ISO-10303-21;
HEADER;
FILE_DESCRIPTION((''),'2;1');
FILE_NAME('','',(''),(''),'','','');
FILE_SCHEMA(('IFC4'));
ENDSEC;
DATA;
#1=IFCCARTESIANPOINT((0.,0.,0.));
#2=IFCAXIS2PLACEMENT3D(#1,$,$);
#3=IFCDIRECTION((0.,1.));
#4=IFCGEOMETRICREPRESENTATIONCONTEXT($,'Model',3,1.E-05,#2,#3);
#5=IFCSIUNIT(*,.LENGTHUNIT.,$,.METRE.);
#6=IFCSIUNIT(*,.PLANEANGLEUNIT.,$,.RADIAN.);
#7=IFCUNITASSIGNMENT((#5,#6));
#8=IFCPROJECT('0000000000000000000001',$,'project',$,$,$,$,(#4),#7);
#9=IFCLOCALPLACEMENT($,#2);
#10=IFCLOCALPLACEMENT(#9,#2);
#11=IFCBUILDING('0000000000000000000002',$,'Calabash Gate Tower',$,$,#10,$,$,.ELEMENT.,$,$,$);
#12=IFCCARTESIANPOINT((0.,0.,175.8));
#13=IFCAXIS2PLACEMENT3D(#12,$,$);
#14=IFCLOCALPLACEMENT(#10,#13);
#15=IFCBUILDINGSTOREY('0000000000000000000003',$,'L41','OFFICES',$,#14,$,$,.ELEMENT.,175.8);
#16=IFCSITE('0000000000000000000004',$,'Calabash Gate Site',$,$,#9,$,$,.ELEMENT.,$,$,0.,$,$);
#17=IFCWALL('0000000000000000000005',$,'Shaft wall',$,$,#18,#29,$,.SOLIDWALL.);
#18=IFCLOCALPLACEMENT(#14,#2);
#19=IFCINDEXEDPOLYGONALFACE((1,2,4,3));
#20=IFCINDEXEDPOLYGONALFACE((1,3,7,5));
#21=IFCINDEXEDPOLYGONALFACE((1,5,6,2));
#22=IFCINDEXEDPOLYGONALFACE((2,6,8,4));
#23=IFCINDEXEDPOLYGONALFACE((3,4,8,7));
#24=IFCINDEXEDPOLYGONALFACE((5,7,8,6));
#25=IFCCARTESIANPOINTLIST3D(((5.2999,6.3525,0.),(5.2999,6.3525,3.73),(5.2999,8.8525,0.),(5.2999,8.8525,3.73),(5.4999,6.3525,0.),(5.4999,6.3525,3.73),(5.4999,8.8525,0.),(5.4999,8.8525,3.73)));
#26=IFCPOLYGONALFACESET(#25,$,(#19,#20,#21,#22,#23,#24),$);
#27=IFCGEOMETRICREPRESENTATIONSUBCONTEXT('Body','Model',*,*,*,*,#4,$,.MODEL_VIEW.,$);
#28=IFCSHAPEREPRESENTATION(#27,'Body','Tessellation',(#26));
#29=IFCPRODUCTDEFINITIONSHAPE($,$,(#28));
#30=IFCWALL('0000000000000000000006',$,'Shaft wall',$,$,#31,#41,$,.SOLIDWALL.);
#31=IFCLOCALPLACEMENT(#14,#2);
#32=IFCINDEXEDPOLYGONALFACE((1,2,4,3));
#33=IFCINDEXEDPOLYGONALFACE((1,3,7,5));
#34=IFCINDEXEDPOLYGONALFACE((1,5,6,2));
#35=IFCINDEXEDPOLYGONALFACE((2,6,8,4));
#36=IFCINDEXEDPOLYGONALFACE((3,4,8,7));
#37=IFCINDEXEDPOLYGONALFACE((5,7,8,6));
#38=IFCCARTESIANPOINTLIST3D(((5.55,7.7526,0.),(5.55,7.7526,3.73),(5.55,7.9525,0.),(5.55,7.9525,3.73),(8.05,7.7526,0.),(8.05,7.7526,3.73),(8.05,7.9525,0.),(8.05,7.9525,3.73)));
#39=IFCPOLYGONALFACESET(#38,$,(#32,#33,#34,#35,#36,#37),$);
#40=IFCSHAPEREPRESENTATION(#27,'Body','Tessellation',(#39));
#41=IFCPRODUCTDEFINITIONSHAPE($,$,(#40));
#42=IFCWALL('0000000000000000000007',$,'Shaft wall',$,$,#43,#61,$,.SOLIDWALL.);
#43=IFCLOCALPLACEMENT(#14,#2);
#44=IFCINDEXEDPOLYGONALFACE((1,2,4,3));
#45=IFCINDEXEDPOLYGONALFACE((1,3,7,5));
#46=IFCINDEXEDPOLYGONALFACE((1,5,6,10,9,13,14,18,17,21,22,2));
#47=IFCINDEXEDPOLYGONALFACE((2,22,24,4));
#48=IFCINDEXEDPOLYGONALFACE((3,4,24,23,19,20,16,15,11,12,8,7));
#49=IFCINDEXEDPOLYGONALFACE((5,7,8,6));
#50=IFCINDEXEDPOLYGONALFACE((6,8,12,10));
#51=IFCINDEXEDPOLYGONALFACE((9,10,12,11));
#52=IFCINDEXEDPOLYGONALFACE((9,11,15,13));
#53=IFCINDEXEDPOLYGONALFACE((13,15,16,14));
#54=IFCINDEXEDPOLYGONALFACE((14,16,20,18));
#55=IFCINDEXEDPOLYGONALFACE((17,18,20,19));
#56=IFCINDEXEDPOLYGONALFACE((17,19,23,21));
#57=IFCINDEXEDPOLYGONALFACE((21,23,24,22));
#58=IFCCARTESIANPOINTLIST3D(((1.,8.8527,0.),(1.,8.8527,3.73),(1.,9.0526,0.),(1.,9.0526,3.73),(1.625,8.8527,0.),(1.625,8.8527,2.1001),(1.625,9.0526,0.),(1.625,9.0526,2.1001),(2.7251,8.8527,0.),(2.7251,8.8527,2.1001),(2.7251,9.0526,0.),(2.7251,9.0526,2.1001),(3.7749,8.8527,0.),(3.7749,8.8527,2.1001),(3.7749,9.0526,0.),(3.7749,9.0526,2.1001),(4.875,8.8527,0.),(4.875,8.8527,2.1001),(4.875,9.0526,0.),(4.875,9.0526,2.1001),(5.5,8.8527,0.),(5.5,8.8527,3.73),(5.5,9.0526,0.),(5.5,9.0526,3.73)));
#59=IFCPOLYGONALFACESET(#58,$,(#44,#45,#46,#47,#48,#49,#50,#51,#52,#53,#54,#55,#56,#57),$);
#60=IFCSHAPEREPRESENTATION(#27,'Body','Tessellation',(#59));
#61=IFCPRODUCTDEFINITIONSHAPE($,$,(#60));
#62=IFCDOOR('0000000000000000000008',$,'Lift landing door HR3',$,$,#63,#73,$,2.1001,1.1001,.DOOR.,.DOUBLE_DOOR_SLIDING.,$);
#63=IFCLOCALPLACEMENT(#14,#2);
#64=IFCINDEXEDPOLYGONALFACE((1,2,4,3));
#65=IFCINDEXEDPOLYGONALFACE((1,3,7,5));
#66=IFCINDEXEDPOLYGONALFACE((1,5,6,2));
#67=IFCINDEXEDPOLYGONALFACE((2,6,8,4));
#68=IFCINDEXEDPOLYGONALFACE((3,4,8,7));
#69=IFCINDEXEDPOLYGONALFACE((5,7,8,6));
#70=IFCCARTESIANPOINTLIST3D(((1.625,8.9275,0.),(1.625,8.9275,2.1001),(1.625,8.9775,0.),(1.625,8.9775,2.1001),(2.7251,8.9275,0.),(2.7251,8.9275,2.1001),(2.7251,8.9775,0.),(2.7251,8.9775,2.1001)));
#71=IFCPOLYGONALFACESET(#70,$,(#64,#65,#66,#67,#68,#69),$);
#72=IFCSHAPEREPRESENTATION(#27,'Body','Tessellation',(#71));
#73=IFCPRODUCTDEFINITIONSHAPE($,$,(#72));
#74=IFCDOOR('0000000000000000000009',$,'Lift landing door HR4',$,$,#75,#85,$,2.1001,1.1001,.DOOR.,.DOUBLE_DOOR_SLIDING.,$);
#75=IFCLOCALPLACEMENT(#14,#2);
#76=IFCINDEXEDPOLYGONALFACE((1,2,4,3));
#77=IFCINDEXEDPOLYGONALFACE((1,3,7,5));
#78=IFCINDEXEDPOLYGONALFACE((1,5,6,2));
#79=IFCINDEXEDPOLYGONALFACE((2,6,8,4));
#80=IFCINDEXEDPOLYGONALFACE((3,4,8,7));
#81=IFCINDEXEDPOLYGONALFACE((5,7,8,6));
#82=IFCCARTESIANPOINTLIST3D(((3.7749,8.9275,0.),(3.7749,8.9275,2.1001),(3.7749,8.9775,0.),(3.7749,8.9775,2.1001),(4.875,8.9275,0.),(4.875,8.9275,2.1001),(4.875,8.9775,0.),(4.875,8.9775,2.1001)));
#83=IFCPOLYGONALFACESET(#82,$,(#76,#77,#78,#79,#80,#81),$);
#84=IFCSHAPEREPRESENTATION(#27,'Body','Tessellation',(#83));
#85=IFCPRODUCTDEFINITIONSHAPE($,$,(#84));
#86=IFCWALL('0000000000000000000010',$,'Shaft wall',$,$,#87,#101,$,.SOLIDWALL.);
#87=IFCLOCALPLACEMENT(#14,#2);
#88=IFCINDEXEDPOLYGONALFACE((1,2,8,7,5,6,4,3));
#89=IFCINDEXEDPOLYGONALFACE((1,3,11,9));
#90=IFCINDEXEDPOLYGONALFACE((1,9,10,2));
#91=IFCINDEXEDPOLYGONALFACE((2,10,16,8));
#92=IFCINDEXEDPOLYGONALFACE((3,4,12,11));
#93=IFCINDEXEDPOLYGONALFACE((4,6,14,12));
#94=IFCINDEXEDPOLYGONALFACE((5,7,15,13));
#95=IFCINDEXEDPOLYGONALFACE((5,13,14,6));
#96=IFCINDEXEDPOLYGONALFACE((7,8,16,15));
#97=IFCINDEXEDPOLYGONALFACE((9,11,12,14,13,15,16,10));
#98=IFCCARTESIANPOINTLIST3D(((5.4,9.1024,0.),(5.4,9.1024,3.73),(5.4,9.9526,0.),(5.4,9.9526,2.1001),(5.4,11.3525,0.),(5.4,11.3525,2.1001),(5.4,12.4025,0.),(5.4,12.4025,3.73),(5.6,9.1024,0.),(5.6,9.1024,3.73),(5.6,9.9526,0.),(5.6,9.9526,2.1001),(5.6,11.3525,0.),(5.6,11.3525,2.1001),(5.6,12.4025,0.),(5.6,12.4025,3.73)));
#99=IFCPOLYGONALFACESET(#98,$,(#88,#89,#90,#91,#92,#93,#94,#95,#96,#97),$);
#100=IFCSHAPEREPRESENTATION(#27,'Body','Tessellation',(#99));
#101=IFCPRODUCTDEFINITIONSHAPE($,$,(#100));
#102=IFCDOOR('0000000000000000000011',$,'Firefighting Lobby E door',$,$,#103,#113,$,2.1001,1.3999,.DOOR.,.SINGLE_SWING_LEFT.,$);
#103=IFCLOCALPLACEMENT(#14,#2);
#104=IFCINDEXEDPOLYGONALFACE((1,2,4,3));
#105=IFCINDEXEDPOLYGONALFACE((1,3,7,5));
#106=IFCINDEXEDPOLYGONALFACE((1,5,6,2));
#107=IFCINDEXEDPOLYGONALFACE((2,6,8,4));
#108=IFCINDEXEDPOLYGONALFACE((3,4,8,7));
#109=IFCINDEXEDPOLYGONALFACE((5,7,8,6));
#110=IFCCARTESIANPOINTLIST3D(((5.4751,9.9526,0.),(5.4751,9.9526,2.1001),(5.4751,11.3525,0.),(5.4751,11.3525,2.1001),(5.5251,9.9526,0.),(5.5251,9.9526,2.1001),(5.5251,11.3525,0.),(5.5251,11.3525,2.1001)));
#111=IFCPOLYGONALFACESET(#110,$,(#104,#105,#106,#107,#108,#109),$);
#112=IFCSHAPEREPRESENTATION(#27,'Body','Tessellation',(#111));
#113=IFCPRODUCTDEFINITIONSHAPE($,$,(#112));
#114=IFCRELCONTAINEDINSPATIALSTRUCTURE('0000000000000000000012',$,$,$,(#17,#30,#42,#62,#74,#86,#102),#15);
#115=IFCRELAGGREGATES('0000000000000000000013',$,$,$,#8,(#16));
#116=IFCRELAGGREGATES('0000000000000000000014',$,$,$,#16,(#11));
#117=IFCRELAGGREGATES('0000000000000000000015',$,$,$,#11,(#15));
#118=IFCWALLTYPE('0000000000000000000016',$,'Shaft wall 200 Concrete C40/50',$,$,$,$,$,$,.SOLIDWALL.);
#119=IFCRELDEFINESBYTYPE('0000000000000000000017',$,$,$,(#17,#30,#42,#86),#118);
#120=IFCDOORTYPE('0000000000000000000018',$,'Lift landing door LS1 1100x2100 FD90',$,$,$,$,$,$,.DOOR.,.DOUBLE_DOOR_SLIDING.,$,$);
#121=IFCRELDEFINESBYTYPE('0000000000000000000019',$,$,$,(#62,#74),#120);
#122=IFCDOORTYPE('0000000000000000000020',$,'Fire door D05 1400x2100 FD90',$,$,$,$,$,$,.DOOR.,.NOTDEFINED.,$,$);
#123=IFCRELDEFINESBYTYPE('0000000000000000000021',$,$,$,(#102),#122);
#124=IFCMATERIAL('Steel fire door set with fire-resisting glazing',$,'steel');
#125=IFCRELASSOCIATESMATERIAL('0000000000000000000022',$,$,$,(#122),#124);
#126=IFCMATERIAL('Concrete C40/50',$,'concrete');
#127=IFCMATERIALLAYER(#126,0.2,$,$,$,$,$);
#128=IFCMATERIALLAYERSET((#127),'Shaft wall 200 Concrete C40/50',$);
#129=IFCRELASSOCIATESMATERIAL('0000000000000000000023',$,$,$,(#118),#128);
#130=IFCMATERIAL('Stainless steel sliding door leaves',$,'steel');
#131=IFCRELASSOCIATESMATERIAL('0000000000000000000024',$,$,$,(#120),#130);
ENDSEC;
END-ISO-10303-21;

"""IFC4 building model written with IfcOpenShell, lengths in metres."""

from ifc_helpers import new_model, si_unit, direction, frame, frame_2d, origin, place, context, subcontext, project, spatial, rectangle, extrude, material, layer, layer_set, type_object, element, fill, save


model = new_model("IFC4")

# Units and contexts
model_context = context("Model", 3, precision=1e-05, world=origin(), true_north=direction((0.0, 1.0)))
body_context = subcontext(model_context, "Body", "Model", "MODEL_VIEW")
ifc_project = project(units=[si_unit("LENGTHUNIT", "METRE"), si_unit("PLANEANGLEUNIT", "RADIAN")], contexts=[model_context])

# Site, building, storey
site_placement = place(None, origin())
site = spatial("IfcSite", under=ifc_project, at=site_placement, Name="Calabash Gate Site", CompositionType="ELEMENT", RefElevation=0.0)
building_placement = place(site_placement, origin())
building = spatial("IfcBuilding", under=site, at=building_placement, Name="Calabash Gate Tower", CompositionType="ELEMENT")
storey_placement = place(building_placement, frame((0.0, 0.0, 175.8)))
storey = spatial("IfcBuildingStorey", under=building, at=storey_placement, Name="L41", Description="OFFICES", CompositionType="ELEMENT", Elevation=175.8)

# Shared definitions
ifc_material_1 = material(Name="Steel fire door set with fire-resisting glazing", Category="steel")
door_type_1 = type_object("IfcDoorType", Name="Fire door D05 1400x2100 FD90", OperationType="NOTDEFINED", PredefinedType="DOOR", material=ifc_material_1)

# Walls
ifc_material_2 = material(Name="Concrete C40/50", Category="concrete")
ifc_layer_1 = layer(ifc_material_2, 0.2)
ifc_layer_set_1 = layer_set([ifc_layer_1], Name="Shaft wall 200 Concrete C40/50")
wall_type_1 = type_object("IfcWallType", Name="Shaft wall 200 Concrete C40/50", PredefinedType="SOLIDWALL", material=ifc_layer_set_1)
for number, where, z_axis, x_axis, name in (
    (1, (5.3999, 6.3525, 0.0), (0.0, 0.0, 1.0), (0.0, 1.0, 0.0), "Shaft wall"),
    (2, (5.55, 7.8525, 0.0), (0.0, 0.0, 1.0), (1.0, 0.0, 0.0), "Shaft wall"),
):
    element("IfcWall", number, at=place(storey_placement, frame(where, z_axis=z_axis, x_axis=x_axis)), inside=storey, type_object=wall_type_1, Name=name, PredefinedType="SOLIDWALL", context=body_context, shape_type="SweptSolid", body=[
        extrude(rectangle(XDim=2.5, YDim=0.2, at=frame_2d((1.25, 0.0))), origin(), (0.0, 0.0, 1.0), 3.73),
    ])

# Wall, openings, doors
wall_1_placement = place(storey_placement, frame((1.0, 8.9526, 0.0), z_axis=(0.0, 0.0, 1.0), x_axis=(1.0, 0.0, 0.0)))
wall_1 = element("IfcWall", 3, at=wall_1_placement, inside=storey, type_object=wall_type_1, Name="Shaft wall", PredefinedType="SOLIDWALL", context=body_context, shape_type="SweptSolid", body=[
    extrude(rectangle(XDim=4.5, YDim=0.2, at=frame_2d((2.25, 0.0))), origin(), (0.0, 0.0, 1.0), 3.73),
])
opening_1_placement = place(wall_1_placement, frame((0.625, 0.0, 0.0)))
opening_1 = element("IfcOpeningElement", 4, at=opening_1_placement, cuts=wall_1, PredefinedType="OPENING", context=body_context, shape_type="SweptSolid", body=[
    extrude(rectangle(XDim=1.1001, YDim=2.1001, at=frame_2d((0.55, 1.05))), frame((0.0, 0.1099, 0.0), z_axis=(0.0, -1.0, 0.0), x_axis=(1.0, 0.0, 0.0)), (0.0, 0.0, 1.0), 0.22),
])
opening_2_placement = place(wall_1_placement, frame((2.7749, 0.0, 0.0)))
opening_2 = element("IfcOpeningElement", 5, at=opening_2_placement, cuts=wall_1, PredefinedType="OPENING", context=body_context, shape_type="SweptSolid", body=[
    extrude(rectangle(XDim=1.1001, YDim=2.1001, at=frame_2d((0.55, 1.05))), frame((0.0, 0.1099, 0.0), z_axis=(0.0, -1.0, 0.0), x_axis=(1.0, 0.0, 0.0)), (0.0, 0.0, 1.0), 0.22),
])
ifc_material_3 = material(Name="Stainless steel sliding door leaves", Category="steel")
door_type_2 = type_object("IfcDoorType", Name="Lift landing door LS1 1100x2100 FD90", OperationType="DOUBLE_DOOR_SLIDING", PredefinedType="DOOR", material=ifc_material_3)
door_1_placement = place(opening_1_placement, origin())
door_1 = element("IfcDoor", 6, at=door_1_placement, inside=storey, type_object=door_type_2, Name="Lift landing door HR3", OperationType="DOUBLE_DOOR_SLIDING", OverallHeight=2.1001, OverallWidth=1.1001, PredefinedType="DOOR", context=body_context, shape_type="SweptSolid", body=[
    extrude(rectangle(XDim=1.1001, YDim=2.1001, at=frame_2d((0.55, 1.05))), frame((0.0, 0.0249, 0.0), z_axis=(0.0, -1.0, 0.0), x_axis=(1.0, 0.0, 0.0)), (0.0, 0.0, 1.0), 0.05),
])
fill(opening_1, door_1)
door_2_placement = place(opening_2_placement, origin())
door_2 = element("IfcDoor", 7, at=door_2_placement, inside=storey, type_object=door_type_2, Name="Lift landing door HR4", OperationType="DOUBLE_DOOR_SLIDING", OverallHeight=2.1001, OverallWidth=1.1001, PredefinedType="DOOR", context=body_context, shape_type="SweptSolid", body=[
    extrude(rectangle(XDim=1.1001, YDim=2.1001, at=frame_2d((0.55, 1.05))), frame((0.0, 0.0249, 0.0), z_axis=(0.0, -1.0, 0.0), x_axis=(1.0, 0.0, 0.0)), (0.0, 0.0, 1.0), 0.05),
])
fill(opening_2, door_2)

# Wall, opening, door
wall_2_placement = place(storey_placement, frame((5.5, 9.1025, 0.0), z_axis=(0.0, 0.0, 1.0), x_axis=(0.0, 1.0, 0.0)))
wall_2 = element("IfcWall", 8, at=wall_2_placement, inside=storey, type_object=wall_type_1, Name="Shaft wall", PredefinedType="SOLIDWALL", context=body_context, shape_type="SweptSolid", body=[
    extrude(rectangle(XDim=3.3, YDim=0.2, at=frame_2d((1.6499, 0.0))), origin(), (0.0, 0.0, 1.0), 3.73),
])
opening_3_placement = place(wall_2_placement, frame((0.8501, 0.0, 0.0)))
opening_3 = element("IfcOpeningElement", 9, at=opening_3_placement, cuts=wall_2, PredefinedType="OPENING", context=body_context, shape_type="SweptSolid", body=[
    extrude(rectangle(XDim=1.3999, YDim=2.1001, at=frame_2d((0.7, 1.05))), frame((0.0, 0.1099, 0.0), z_axis=(0.0, -1.0, 0.0), x_axis=(1.0, 0.0, 0.0)), (0.0, 0.0, 1.0), 0.22),
])
door_3_placement = place(opening_3_placement, origin())
door_3 = element("IfcDoor", 10, at=door_3_placement, inside=storey, type_object=door_type_1, Name="Firefighting Lobby E door", OperationType="SINGLE_SWING_LEFT", OverallHeight=2.1001, OverallWidth=1.3999, PredefinedType="DOOR", context=body_context, shape_type="SweptSolid", body=[
    extrude(rectangle(XDim=1.3999, YDim=2.1001, at=frame_2d((0.7, 1.05))), frame((0.0, 0.0249, 0.0), z_axis=(0.0, -1.0, 0.0), x_axis=(1.0, 0.0, 0.0)), (0.0, 0.0, 1.0), 0.05),
])
fill(opening_3, door_3)

save(model, "model.ifc")
